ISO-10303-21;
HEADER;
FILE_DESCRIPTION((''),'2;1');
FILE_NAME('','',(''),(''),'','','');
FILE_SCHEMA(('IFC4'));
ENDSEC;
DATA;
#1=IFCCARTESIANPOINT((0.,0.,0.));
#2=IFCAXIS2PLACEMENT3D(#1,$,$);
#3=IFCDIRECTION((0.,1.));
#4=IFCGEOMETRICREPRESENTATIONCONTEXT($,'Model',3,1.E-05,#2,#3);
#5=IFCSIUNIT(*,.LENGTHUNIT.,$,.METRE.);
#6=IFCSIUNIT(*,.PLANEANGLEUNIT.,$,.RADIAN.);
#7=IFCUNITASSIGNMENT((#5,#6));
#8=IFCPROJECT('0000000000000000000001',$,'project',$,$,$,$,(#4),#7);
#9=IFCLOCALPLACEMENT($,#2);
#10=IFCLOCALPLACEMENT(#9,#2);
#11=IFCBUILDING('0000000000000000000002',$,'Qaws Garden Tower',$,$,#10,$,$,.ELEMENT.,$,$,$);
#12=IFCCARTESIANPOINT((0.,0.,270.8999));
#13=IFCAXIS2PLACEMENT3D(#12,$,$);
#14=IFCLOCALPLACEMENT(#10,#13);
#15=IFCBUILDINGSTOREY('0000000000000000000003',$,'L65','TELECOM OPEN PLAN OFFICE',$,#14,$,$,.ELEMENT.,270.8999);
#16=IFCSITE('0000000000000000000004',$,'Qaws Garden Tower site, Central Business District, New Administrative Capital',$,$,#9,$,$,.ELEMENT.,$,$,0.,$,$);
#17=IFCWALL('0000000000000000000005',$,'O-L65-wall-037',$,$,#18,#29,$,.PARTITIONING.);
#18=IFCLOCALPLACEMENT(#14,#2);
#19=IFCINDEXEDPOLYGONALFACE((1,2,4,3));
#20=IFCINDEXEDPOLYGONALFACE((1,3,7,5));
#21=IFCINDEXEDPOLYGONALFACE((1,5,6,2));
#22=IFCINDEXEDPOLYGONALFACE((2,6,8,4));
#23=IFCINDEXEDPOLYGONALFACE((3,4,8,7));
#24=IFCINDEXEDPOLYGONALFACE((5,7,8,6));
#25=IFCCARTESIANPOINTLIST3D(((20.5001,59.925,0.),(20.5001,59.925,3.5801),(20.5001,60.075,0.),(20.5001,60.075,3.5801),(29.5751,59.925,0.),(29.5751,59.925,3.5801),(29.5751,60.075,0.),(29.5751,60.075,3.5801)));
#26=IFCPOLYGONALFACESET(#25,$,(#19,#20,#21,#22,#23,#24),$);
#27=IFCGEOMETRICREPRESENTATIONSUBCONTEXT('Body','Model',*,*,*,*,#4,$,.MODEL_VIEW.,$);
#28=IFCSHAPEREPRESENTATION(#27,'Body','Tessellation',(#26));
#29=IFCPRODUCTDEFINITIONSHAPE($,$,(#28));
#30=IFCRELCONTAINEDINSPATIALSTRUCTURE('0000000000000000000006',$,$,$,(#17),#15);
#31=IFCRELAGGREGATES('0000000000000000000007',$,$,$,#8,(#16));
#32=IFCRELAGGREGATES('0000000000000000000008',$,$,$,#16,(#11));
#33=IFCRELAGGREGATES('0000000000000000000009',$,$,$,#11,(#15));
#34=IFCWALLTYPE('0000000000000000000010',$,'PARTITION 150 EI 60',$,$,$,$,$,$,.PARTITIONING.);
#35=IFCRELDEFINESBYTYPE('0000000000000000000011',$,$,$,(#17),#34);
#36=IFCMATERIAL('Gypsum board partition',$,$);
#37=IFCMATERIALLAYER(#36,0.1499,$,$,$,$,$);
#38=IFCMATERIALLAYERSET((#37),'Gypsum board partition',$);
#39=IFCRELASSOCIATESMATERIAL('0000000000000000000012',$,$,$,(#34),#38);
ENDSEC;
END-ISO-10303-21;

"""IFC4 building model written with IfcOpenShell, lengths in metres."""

from ifc_helpers import new_model, si_unit, direction, frame, frame_2d, origin, place, context, subcontext, project, spatial, rectangle, extrude, material, layer, layer_set, type_object, element, save


model = new_model("IFC4")

# Units and contexts
model_context = context("Model", 3, precision=1e-05, world=origin(), true_north=direction((0.0, 1.0)))
body_context = subcontext(model_context, "Body", "Model", "MODEL_VIEW")
ifc_project = project(units=[si_unit("LENGTHUNIT", "METRE"), si_unit("PLANEANGLEUNIT", "RADIAN")], contexts=[model_context])

# Site, building, storey
site_placement = place(None, origin())
site = spatial("IfcSite", under=ifc_project, at=site_placement, Name="Qaws Garden Tower site, Central Business District, New Administrative Capital", CompositionType="ELEMENT", RefElevation=0.0)
building_placement = place(site_placement, origin())
building = spatial("IfcBuilding", under=site, at=building_placement, Name="Qaws Garden Tower", CompositionType="ELEMENT")
storey_placement = place(building_placement, frame((0.0, 0.0, 270.8999)))
storey = spatial("IfcBuildingStorey", under=building, at=storey_placement, Name="L65", Description="TELECOM OPEN PLAN OFFICE", CompositionType="ELEMENT", Elevation=270.8999)

# Shared definitions
ifc_material_1 = material(Name="Gypsum board partition")
ifc_layer_1 = layer(ifc_material_1, 0.1499)
ifc_layer_set_1 = layer_set([ifc_layer_1], Name="Gypsum board partition")
wall_type_1 = type_object("IfcWallType", Name="PARTITION 150 EI 60", PredefinedType="PARTITIONING", material=ifc_layer_set_1)

# Wall
wall_1_placement = place(storey_placement, frame((20.5, 60.0, 0.0), z_axis=(0.0, 0.0, 1.0), x_axis=(1.0, 0.0, 0.0)))
element("IfcWall", 1, at=wall_1_placement, inside=storey, type_object=wall_type_1, Name="O-L65-wall-037", PredefinedType="PARTITIONING", context=body_context, shape_type="SweptSolid", body=[
    extrude(rectangle(XDim=9.075, YDim=0.1499, at=frame_2d((4.5376, 0.0))), origin(), (0.0, 0.0, 1.0), 3.5801),
])

save(model, "model.ifc")
